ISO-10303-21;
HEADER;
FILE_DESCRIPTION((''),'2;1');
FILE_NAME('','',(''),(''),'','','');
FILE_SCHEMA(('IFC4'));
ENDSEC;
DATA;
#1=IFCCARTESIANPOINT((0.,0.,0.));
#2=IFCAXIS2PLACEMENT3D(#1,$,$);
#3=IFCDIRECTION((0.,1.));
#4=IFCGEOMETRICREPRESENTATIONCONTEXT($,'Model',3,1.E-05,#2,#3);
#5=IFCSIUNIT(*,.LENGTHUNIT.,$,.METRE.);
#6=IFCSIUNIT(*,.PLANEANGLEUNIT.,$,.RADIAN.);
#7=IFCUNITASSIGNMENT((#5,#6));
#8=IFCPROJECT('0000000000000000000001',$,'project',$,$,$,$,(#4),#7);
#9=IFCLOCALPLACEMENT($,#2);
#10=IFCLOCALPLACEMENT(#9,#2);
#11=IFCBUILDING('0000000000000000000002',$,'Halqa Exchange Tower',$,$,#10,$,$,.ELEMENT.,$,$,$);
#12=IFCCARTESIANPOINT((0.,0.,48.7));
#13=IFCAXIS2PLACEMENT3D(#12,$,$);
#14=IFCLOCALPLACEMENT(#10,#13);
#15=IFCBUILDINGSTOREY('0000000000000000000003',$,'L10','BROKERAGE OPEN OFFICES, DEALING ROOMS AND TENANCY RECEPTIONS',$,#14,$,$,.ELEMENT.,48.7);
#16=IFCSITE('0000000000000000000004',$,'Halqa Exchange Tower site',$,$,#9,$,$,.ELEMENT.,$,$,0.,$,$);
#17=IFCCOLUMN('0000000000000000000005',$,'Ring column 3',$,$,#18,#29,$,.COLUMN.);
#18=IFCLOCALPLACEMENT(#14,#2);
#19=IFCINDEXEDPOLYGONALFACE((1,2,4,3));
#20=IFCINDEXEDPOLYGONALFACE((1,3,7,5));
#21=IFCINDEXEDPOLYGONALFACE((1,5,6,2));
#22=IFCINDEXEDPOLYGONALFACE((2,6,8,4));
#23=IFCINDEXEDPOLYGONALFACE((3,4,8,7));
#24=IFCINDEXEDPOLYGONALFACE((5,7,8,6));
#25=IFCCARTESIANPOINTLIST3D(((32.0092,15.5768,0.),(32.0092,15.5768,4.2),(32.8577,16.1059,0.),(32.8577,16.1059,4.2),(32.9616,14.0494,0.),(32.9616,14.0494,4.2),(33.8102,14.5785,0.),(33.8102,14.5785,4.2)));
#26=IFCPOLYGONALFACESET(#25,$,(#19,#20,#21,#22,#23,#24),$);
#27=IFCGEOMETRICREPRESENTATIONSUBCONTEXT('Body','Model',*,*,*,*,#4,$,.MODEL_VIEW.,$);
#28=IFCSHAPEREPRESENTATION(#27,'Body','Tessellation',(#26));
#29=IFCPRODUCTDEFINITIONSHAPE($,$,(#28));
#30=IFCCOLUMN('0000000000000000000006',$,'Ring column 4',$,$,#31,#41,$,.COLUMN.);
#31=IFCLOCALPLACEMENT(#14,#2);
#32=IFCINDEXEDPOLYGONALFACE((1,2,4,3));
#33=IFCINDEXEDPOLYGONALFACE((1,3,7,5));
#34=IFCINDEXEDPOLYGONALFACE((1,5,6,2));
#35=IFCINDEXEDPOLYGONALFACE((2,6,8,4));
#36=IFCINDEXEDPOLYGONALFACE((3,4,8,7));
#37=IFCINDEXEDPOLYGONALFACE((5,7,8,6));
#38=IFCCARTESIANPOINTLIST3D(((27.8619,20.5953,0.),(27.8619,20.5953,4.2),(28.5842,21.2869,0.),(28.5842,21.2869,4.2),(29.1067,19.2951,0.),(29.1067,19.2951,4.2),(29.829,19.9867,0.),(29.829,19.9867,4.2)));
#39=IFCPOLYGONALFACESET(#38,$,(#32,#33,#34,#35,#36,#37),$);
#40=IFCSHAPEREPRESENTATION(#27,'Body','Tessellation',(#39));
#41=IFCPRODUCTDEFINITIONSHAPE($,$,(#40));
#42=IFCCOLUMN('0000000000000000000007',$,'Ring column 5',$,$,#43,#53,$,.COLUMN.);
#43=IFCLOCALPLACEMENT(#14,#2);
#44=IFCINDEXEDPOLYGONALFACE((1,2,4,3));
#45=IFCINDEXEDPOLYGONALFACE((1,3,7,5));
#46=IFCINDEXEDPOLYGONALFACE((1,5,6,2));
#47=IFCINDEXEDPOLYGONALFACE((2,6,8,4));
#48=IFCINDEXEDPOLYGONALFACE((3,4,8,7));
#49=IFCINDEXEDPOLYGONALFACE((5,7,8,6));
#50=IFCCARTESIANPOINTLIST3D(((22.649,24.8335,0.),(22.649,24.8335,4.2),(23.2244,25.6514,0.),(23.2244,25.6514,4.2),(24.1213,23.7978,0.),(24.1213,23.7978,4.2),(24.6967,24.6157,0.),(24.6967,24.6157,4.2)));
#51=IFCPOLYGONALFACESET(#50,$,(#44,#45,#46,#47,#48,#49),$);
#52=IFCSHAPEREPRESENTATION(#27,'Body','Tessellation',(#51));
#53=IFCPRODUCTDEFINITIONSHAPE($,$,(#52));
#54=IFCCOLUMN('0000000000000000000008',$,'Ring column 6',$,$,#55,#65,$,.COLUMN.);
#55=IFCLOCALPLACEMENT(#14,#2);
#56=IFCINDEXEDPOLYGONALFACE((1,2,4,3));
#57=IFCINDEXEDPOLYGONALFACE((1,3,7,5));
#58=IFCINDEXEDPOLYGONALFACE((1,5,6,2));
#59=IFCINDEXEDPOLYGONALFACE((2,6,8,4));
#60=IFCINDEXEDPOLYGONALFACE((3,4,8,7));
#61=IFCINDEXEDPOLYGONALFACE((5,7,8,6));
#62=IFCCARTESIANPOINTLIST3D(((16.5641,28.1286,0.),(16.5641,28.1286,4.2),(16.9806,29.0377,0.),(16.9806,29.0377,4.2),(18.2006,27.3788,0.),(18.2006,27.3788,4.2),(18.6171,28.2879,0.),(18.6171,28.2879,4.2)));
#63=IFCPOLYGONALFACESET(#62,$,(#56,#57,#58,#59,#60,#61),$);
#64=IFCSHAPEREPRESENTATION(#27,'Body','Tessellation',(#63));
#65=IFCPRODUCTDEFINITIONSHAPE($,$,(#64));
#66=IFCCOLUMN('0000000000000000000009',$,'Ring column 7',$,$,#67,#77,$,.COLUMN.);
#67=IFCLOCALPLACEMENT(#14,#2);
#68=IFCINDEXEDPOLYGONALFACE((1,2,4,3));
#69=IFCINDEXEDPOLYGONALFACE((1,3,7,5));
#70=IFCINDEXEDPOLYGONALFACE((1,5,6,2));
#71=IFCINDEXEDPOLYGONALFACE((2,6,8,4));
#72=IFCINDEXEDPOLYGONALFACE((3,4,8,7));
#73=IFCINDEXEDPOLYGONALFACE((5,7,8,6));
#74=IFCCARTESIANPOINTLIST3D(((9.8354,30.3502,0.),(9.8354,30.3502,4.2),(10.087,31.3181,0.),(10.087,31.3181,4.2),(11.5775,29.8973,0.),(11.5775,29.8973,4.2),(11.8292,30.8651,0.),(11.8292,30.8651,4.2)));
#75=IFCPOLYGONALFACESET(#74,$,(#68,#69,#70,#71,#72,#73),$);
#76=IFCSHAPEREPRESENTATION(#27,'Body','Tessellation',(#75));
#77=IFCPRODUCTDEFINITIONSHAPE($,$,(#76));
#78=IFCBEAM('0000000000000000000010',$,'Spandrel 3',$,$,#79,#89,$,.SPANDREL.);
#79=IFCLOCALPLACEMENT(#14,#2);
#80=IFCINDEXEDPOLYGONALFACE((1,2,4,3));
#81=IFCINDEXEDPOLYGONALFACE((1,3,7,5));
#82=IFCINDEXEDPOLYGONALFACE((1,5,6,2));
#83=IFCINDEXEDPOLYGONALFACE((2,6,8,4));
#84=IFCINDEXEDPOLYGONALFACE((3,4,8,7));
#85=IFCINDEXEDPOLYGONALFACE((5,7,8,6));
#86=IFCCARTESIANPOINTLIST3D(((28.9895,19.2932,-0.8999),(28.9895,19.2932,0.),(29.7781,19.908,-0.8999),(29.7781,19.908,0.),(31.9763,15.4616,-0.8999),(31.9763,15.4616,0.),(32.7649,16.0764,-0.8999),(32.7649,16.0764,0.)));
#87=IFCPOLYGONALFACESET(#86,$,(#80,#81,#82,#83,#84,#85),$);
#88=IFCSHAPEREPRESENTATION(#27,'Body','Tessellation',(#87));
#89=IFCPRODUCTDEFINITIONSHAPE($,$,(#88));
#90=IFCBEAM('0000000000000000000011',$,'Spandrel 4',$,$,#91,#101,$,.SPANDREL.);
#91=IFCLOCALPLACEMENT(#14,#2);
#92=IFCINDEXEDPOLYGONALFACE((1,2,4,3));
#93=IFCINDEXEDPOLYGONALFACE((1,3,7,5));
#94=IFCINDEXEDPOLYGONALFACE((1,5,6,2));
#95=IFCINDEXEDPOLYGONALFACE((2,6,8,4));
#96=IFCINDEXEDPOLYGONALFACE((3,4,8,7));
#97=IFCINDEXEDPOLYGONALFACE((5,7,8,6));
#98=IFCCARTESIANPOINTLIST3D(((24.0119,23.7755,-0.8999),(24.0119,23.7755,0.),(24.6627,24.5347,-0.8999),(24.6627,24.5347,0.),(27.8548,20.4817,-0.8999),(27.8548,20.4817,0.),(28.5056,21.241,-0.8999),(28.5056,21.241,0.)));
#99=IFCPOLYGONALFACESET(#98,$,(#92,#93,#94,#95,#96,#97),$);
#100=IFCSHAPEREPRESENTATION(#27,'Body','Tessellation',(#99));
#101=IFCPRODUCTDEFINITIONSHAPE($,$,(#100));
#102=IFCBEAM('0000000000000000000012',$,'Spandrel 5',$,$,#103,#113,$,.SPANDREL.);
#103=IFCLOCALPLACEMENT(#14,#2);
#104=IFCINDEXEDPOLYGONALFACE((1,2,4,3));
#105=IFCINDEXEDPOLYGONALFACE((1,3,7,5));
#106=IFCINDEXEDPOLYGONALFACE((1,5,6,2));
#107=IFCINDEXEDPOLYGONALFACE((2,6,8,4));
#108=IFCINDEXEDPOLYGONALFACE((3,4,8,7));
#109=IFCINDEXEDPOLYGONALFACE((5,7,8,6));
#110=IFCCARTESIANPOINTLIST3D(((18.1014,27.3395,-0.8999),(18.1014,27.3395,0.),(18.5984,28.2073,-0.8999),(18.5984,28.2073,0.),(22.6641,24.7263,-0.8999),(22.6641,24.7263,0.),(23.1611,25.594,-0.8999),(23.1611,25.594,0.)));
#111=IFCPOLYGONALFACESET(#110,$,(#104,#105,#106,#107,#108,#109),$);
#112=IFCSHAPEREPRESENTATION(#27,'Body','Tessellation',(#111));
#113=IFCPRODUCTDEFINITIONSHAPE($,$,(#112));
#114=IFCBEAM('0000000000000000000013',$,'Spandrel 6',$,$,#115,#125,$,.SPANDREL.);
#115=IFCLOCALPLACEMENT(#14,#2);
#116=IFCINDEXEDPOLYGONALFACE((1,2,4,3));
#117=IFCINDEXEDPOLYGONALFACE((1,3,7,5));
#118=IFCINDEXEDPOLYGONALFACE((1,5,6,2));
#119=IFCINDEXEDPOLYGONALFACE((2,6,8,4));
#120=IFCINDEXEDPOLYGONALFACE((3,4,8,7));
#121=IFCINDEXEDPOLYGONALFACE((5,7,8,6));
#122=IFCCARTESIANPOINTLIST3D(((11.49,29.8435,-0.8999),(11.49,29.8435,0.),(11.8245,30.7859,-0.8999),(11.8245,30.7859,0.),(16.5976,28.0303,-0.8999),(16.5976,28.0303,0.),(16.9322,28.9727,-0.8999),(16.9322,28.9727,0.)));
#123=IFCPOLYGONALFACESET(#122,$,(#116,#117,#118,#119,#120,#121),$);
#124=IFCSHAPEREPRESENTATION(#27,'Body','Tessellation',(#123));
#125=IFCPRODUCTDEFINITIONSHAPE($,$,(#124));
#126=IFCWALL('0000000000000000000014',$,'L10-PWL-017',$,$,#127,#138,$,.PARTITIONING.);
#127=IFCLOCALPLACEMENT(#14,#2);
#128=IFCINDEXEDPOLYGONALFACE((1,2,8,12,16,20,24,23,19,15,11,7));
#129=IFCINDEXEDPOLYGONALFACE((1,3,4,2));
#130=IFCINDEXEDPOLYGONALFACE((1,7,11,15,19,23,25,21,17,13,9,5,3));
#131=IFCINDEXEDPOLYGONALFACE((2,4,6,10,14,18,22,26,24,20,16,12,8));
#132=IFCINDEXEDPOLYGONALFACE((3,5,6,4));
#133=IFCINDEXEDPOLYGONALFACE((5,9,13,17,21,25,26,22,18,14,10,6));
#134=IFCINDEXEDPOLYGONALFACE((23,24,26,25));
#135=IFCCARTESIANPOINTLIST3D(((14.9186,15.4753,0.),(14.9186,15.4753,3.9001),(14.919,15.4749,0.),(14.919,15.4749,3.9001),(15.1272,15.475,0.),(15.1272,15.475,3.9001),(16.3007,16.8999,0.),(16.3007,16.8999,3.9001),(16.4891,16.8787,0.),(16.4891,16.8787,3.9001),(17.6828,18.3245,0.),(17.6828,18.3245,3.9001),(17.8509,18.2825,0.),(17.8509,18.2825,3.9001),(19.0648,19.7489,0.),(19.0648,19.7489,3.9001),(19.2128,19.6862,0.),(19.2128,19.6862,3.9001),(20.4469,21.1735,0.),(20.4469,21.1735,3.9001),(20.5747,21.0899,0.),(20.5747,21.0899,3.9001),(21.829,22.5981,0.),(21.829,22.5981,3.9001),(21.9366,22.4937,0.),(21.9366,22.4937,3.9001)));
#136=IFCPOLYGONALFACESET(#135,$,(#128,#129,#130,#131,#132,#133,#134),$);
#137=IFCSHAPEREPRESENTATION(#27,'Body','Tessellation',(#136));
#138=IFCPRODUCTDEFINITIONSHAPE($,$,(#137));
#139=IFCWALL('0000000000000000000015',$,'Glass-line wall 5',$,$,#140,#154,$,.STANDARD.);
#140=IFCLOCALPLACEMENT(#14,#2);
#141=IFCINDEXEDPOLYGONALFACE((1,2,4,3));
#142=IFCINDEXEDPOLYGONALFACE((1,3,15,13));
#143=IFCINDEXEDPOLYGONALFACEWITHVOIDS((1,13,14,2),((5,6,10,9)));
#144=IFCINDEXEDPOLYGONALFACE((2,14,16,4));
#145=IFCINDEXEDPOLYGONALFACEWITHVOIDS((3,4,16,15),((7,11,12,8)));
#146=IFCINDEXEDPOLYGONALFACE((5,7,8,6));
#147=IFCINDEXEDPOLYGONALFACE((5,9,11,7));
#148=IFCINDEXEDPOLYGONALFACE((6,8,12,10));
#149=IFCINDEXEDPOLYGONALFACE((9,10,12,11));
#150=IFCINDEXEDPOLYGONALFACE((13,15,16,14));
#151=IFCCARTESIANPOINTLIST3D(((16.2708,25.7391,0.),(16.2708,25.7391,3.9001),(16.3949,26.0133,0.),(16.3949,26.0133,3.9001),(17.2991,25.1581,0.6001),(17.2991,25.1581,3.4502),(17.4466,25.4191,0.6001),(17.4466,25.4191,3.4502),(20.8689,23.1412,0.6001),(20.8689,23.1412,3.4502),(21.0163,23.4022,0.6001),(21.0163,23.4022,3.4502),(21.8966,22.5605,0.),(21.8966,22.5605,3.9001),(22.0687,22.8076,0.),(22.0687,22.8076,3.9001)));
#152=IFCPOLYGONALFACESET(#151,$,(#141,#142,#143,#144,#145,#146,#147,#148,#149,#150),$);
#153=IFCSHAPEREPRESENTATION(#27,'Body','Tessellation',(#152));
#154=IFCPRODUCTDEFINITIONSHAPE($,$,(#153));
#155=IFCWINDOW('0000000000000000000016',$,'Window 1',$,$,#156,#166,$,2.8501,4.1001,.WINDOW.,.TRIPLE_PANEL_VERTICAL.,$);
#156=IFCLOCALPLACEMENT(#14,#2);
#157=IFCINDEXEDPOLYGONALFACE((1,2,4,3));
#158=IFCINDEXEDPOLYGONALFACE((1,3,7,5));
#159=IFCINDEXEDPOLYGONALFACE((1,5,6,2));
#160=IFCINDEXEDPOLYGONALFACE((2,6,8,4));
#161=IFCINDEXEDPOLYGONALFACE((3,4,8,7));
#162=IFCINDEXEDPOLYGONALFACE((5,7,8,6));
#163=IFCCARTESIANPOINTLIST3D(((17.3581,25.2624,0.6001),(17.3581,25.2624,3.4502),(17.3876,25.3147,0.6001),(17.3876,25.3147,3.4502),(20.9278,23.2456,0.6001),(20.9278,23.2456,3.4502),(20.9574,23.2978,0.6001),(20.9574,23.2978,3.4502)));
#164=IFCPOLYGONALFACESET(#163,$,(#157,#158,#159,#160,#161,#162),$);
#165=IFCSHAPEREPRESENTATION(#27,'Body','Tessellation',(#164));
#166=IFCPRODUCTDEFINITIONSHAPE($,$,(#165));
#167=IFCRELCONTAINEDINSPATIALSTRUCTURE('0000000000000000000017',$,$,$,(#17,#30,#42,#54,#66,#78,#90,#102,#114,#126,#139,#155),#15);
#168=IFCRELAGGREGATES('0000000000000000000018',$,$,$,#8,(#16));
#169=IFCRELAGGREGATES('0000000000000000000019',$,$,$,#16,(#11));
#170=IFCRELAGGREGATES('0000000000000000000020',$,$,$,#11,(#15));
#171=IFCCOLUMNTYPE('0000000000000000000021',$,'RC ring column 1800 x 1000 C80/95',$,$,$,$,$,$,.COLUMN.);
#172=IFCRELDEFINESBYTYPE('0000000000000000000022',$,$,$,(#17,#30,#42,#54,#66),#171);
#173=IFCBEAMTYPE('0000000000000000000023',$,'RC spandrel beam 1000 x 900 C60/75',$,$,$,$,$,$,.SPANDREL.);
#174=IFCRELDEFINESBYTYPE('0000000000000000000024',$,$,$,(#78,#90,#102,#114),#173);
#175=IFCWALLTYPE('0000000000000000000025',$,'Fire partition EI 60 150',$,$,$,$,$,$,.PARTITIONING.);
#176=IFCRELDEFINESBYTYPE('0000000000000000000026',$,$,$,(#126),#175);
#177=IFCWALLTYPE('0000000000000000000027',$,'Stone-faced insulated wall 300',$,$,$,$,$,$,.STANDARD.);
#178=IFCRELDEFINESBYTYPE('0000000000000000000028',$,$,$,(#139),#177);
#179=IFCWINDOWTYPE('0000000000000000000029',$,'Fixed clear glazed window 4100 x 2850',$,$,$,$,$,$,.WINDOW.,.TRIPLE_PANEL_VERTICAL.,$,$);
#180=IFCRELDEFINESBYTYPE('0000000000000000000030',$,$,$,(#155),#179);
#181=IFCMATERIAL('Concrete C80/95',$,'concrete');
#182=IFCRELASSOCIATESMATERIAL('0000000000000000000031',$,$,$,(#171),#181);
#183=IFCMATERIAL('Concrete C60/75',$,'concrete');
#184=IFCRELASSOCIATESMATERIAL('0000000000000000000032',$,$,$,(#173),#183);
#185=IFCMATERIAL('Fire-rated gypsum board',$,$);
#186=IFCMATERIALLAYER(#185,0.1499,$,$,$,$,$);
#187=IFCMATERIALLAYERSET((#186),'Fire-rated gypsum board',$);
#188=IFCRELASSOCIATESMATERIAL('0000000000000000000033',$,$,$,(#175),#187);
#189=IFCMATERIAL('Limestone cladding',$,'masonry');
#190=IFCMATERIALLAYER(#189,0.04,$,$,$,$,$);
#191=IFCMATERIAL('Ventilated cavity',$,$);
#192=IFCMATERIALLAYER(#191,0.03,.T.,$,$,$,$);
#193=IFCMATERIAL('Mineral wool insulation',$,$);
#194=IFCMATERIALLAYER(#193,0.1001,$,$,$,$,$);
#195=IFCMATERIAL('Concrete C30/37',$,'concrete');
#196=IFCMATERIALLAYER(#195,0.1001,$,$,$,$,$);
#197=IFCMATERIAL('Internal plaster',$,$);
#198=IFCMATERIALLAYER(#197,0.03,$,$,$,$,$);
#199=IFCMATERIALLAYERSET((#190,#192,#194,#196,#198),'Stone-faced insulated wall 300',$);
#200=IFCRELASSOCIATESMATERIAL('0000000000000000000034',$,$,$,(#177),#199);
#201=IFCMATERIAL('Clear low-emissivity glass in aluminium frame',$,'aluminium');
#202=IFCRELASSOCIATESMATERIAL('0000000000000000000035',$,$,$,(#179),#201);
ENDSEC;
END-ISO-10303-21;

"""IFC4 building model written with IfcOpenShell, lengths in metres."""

from ifc_helpers import new_model, si_unit, direction, frame, frame_2d, origin, origin_2d, place, context, subcontext, project, spatial, polyline, rectangle, outline, extrude, material, layer, layer_set, material_profile, profile_set, type_object, element, fill, save


model = new_model("IFC4")

# Units and contexts
model_context = context("Model", 3, precision=1e-05, world=origin(), true_north=direction((0.0, 1.0)))
body_context = subcontext(model_context, "Body", "Model", "MODEL_VIEW")
ifc_project = project(units=[si_unit("LENGTHUNIT", "METRE"), si_unit("PLANEANGLEUNIT", "RADIAN")], contexts=[model_context])

# Site, building, storey
site_placement = place(None, origin())
site = spatial("IfcSite", under=ifc_project, at=site_placement, Name="Halqa Exchange Tower site", CompositionType="ELEMENT", RefElevation=0.0)
building_placement = place(site_placement, origin())
building = spatial("IfcBuilding", under=site, at=building_placement, Name="Halqa Exchange Tower", CompositionType="ELEMENT")
storey_placement = place(building_placement, frame((0.0, 0.0, 48.7)))
storey = spatial("IfcBuildingStorey", under=building, at=storey_placement, Name="L10", Description="BROKERAGE OPEN OFFICES, DEALING ROOMS AND TENANCY RECEPTIONS", CompositionType="ELEMENT", Elevation=48.7)

# Columns
ifc_material_1 = material(Name="Concrete C80/95", Category="concrete")
ifc_material_profile_1 = material_profile(ifc_material_1, rectangle(XDim=1.8, YDim=1.0, at=origin_2d()), Name="1800 x 1000")
ifc_profile_set_1 = profile_set([ifc_material_profile_1], Name="Concrete C80/95")
column_type = type_object("IfcColumnType", Name="RC ring column 1800 x 1000 C80/95", PredefinedType="COLUMN", material=ifc_profile_set_1)
for number, where, z_axis, x_axis, name in (
    (1, (32.9097, 15.0776, 0.0), (0.0, 0.0, 1.0), (-0.529143, 0.848532, 0.0), "Ring column 3"),
    (2, (28.8455, 20.291, 0.0), (0.0, 0.0, 1.0), (-0.691576, 0.722304, 0.0), "Ring column 4"),
    (3, (23.6729, 24.7246, 0.0), (0.0, 0.0, 1.0), (-0.817909, 0.575348, 0.0), "Ring column 5"),
    (4, (17.5906, 28.2083, 0.0), (0.0, 0.0, 1.0), (-0.909127, 0.416519, 0.0), "Ring column 6"),
    (5, (10.8323, 30.6077, 0.0), (0.0, 0.0, 1.0), (-0.96782, 0.251644, 0.0), "Ring column 7"),
):
    element("IfcColumn", number, at=place(storey_placement, frame(where, z_axis=z_axis, x_axis=x_axis)), inside=storey, type_object=column_type, Name=name, PredefinedType="COLUMN", context=body_context, shape_type="SweptSolid", body=[
        extrude(rectangle(XDim=1.8, YDim=1.0, at=origin_2d()), origin(), (0.0, 0.0, 1.0), 4.2),
    ])

# Beams
ifc_material_2 = material(Name="Concrete C60/75", Category="concrete")
ifc_material_profile_2 = material_profile(ifc_material_2, rectangle(XDim=1.0, YDim=0.8999, at=origin_2d()), Name="1000 x 900")
ifc_profile_set_2 = profile_set([ifc_material_profile_2], Name="Concrete C60/75")
beam_type = type_object("IfcBeamType", Name="RC spandrel beam 1000 x 900 C60/75", PredefinedType="SPANDREL", material=ifc_profile_set_2)
beam_1_placement = place(storey_placement, frame((32.3706, 15.769, -0.45), z_axis=(-0.614803, 0.788681, 0.0), x_axis=(-0.788681, -0.614803, 0.0)))
element("IfcBeam", 6, at=beam_1_placement, inside=storey, type_object=beam_type, Name="Spandrel 3", PredefinedType="SPANDREL", context=body_context, shape_type="SweptSolid", body=[
    extrude(rectangle(XDim=1.0, YDim=0.8999, at=origin_2d()), origin(), (0.0, 0.0, 1.0), 4.8582),
])
beam_2_placement = place(storey_placement, frame((28.1802, 20.8613, -0.45), z_axis=(-0.759267, 0.650779, 0.0), x_axis=(-0.650779, -0.759267, 0.0)))
element("IfcBeam", 7, at=beam_2_placement, inside=storey, type_object=beam_type, Name="Spandrel 4", PredefinedType="SPANDREL", context=body_context, shape_type="SweptSolid", body=[
    extrude(rectangle(XDim=1.0, YDim=0.8999, at=origin_2d()), origin(), (0.0, 0.0, 1.0), 5.0613),
])
beam_3_placement = place(storey_placement, frame((22.9126, 25.1602, -0.45), z_axis=(-0.867751, 0.496999, 0.0), x_axis=(-0.496999, -0.867751, 0.0)))
element("IfcBeam", 8, at=beam_3_placement, inside=storey, type_object=beam_type, Name="Spandrel 5", PredefinedType="SPANDREL", context=body_context, shape_type="SweptSolid", body=[
    extrude(rectangle(XDim=1.0, YDim=0.8999, at=origin_2d()), origin(), (0.0, 0.0, 1.0), 5.2581),
])
beam_4_placement = place(storey_placement, frame((16.7649, 28.5015, -0.45), z_axis=(-0.942379, 0.334547, 0.0), x_axis=(-0.334547, -0.942379, 0.0)))
element("IfcBeam", 9, at=beam_4_placement, inside=storey, type_object=beam_type, Name="Spandrel 6", PredefinedType="SPANDREL", context=body_context, shape_type="SweptSolid", body=[
    extrude(rectangle(XDim=1.0, YDim=0.8999, at=origin_2d()), origin(), (0.0, 0.0, 1.0), 5.4199),
])

# Wall
ifc_material_3 = material(Name="Fire-rated gypsum board")
ifc_layer_1 = layer(ifc_material_3, 0.1499)
ifc_layer_set_1 = layer_set([ifc_layer_1], Name="Fire-rated gypsum board")
wall_type_1 = type_object("IfcWallType", Name="Fire partition EI 60 150", PredefinedType="PARTITIONING", material=ifc_layer_set_1)
wall_1_placement = place(storey_placement, frame((14.9724, 15.4231, 0.0), z_axis=(0.0, 0.0, 1.0), x_axis=(0.696324, 0.717727, 0.0)))
element("IfcWall", 10, at=wall_1_placement, inside=storey, type_object=wall_type_1, Name="L10-PWL-017", PredefinedType="PARTITIONING", context=body_context, shape_type="SweptSolid", body=[
    extrude(outline(polyline([(0.0, 0.075), (0.0, 0.0745), (0.145, -0.075), (2.1008, -0.075), (4.0566, -0.075), (6.0125, -0.075), (7.9683, -0.075), (9.9241, -0.075), (9.9241, 0.075), (7.9392, 0.075), (5.9543, 0.075), (3.9697, 0.075), (1.9849, 0.075), (0.0, 0.075)])), origin(), (0.0, 0.0, 1.0), 3.9001),
])

# Shared definitions
ifc_material_4 = material(Name="Limestone cladding", Category="masonry")
ifc_layer_2 = layer(ifc_material_4, 0.04)
ifc_material_5 = material(Name="Ventilated cavity")
ifc_layer_3 = layer(ifc_material_5, 0.03, ventilated=True)
ifc_material_6 = material(Name="Mineral wool insulation")
ifc_layer_4 = layer(ifc_material_6, 0.1001)
ifc_material_7 = material(Name="Concrete C30/37", Category="concrete")
ifc_layer_5 = layer(ifc_material_7, 0.1001)
ifc_material_8 = material(Name="Internal plaster")
ifc_layer_6 = layer(ifc_material_8, 0.03)
ifc_layer_set_2 = layer_set([ifc_layer_2, ifc_layer_3, ifc_layer_4, ifc_layer_5, ifc_layer_6], Name="Stone-faced insulated wall 300")
wall_type_2 = type_object("IfcWallType", Name="Stone-faced insulated wall 300", PredefinedType="STANDARD", material=ifc_layer_set_2)
ifc_material_9 = material(Name="Clear low-emissivity glass in aluminium frame", Category="aluminium")

# Wall, opening, window
wall_2_placement = place(storey_placement, frame((21.9827, 22.6841, 0.0), z_axis=(0.0, 0.0, 1.0), x_axis=(-0.870648, 0.491907, 0.0)))
wall_2 = element("IfcWall", 11, at=wall_2_placement, inside=storey, type_object=wall_type_2, Name="Glass-line wall 5", PredefinedType="STANDARD", context=body_context, shape_type="SweptSolid", body=[
    extrude(outline(polyline([(-0.0142, -0.1499), (6.5027, -0.1499), (6.4758, 0.1499), (0.0142, 0.1499), (-0.0142, -0.1499)])), origin(), (0.0, 0.0, 1.0), 3.9001),
])
opening_1_placement = place(wall_2_placement, frame((1.1946, 0.0, 0.6001)))
opening_1 = element("IfcOpeningElement", 12, at=opening_1_placement, cuts=wall_2, PredefinedType="OPENING", context=body_context, shape_type="SweptSolid", body=[
    extrude(rectangle(XDim=4.1001, YDim=2.8501, at=frame_2d((2.05, 1.425))), frame((0.0, 0.1621, 0.0), z_axis=(0.0, -1.0, 0.0), x_axis=(1.0, 0.0, 0.0)), (0.0, 0.0, 1.0), 0.324),
])
window_type = type_object("IfcWindowType", Name="Fixed clear glazed window 4100 x 2850", PartitioningType="TRIPLE_PANEL_VERTICAL", PredefinedType="WINDOW", material=ifc_material_9)
window_1_placement = place(opening_1_placement, origin())
window_1 = element("IfcWindow", 13, at=window_1_placement, inside=storey, type_object=window_type, Name="Window 1", OverallHeight=2.8501, OverallWidth=4.1001, PartitioningType="TRIPLE_PANEL_VERTICAL", PredefinedType="WINDOW", context=body_context, shape_type="SweptSolid", body=[
    extrude(rectangle(XDim=4.1001, YDim=2.8501, at=frame_2d((2.05, 1.425))), frame((0.0, 0.03, 0.0), z_axis=(0.0, -1.0, 0.0), x_axis=(1.0, 0.0, 0.0)), (0.0, 0.0, 1.0), 0.0601),
])
fill(opening_1, window_1)

save(model, "model.ifc")
